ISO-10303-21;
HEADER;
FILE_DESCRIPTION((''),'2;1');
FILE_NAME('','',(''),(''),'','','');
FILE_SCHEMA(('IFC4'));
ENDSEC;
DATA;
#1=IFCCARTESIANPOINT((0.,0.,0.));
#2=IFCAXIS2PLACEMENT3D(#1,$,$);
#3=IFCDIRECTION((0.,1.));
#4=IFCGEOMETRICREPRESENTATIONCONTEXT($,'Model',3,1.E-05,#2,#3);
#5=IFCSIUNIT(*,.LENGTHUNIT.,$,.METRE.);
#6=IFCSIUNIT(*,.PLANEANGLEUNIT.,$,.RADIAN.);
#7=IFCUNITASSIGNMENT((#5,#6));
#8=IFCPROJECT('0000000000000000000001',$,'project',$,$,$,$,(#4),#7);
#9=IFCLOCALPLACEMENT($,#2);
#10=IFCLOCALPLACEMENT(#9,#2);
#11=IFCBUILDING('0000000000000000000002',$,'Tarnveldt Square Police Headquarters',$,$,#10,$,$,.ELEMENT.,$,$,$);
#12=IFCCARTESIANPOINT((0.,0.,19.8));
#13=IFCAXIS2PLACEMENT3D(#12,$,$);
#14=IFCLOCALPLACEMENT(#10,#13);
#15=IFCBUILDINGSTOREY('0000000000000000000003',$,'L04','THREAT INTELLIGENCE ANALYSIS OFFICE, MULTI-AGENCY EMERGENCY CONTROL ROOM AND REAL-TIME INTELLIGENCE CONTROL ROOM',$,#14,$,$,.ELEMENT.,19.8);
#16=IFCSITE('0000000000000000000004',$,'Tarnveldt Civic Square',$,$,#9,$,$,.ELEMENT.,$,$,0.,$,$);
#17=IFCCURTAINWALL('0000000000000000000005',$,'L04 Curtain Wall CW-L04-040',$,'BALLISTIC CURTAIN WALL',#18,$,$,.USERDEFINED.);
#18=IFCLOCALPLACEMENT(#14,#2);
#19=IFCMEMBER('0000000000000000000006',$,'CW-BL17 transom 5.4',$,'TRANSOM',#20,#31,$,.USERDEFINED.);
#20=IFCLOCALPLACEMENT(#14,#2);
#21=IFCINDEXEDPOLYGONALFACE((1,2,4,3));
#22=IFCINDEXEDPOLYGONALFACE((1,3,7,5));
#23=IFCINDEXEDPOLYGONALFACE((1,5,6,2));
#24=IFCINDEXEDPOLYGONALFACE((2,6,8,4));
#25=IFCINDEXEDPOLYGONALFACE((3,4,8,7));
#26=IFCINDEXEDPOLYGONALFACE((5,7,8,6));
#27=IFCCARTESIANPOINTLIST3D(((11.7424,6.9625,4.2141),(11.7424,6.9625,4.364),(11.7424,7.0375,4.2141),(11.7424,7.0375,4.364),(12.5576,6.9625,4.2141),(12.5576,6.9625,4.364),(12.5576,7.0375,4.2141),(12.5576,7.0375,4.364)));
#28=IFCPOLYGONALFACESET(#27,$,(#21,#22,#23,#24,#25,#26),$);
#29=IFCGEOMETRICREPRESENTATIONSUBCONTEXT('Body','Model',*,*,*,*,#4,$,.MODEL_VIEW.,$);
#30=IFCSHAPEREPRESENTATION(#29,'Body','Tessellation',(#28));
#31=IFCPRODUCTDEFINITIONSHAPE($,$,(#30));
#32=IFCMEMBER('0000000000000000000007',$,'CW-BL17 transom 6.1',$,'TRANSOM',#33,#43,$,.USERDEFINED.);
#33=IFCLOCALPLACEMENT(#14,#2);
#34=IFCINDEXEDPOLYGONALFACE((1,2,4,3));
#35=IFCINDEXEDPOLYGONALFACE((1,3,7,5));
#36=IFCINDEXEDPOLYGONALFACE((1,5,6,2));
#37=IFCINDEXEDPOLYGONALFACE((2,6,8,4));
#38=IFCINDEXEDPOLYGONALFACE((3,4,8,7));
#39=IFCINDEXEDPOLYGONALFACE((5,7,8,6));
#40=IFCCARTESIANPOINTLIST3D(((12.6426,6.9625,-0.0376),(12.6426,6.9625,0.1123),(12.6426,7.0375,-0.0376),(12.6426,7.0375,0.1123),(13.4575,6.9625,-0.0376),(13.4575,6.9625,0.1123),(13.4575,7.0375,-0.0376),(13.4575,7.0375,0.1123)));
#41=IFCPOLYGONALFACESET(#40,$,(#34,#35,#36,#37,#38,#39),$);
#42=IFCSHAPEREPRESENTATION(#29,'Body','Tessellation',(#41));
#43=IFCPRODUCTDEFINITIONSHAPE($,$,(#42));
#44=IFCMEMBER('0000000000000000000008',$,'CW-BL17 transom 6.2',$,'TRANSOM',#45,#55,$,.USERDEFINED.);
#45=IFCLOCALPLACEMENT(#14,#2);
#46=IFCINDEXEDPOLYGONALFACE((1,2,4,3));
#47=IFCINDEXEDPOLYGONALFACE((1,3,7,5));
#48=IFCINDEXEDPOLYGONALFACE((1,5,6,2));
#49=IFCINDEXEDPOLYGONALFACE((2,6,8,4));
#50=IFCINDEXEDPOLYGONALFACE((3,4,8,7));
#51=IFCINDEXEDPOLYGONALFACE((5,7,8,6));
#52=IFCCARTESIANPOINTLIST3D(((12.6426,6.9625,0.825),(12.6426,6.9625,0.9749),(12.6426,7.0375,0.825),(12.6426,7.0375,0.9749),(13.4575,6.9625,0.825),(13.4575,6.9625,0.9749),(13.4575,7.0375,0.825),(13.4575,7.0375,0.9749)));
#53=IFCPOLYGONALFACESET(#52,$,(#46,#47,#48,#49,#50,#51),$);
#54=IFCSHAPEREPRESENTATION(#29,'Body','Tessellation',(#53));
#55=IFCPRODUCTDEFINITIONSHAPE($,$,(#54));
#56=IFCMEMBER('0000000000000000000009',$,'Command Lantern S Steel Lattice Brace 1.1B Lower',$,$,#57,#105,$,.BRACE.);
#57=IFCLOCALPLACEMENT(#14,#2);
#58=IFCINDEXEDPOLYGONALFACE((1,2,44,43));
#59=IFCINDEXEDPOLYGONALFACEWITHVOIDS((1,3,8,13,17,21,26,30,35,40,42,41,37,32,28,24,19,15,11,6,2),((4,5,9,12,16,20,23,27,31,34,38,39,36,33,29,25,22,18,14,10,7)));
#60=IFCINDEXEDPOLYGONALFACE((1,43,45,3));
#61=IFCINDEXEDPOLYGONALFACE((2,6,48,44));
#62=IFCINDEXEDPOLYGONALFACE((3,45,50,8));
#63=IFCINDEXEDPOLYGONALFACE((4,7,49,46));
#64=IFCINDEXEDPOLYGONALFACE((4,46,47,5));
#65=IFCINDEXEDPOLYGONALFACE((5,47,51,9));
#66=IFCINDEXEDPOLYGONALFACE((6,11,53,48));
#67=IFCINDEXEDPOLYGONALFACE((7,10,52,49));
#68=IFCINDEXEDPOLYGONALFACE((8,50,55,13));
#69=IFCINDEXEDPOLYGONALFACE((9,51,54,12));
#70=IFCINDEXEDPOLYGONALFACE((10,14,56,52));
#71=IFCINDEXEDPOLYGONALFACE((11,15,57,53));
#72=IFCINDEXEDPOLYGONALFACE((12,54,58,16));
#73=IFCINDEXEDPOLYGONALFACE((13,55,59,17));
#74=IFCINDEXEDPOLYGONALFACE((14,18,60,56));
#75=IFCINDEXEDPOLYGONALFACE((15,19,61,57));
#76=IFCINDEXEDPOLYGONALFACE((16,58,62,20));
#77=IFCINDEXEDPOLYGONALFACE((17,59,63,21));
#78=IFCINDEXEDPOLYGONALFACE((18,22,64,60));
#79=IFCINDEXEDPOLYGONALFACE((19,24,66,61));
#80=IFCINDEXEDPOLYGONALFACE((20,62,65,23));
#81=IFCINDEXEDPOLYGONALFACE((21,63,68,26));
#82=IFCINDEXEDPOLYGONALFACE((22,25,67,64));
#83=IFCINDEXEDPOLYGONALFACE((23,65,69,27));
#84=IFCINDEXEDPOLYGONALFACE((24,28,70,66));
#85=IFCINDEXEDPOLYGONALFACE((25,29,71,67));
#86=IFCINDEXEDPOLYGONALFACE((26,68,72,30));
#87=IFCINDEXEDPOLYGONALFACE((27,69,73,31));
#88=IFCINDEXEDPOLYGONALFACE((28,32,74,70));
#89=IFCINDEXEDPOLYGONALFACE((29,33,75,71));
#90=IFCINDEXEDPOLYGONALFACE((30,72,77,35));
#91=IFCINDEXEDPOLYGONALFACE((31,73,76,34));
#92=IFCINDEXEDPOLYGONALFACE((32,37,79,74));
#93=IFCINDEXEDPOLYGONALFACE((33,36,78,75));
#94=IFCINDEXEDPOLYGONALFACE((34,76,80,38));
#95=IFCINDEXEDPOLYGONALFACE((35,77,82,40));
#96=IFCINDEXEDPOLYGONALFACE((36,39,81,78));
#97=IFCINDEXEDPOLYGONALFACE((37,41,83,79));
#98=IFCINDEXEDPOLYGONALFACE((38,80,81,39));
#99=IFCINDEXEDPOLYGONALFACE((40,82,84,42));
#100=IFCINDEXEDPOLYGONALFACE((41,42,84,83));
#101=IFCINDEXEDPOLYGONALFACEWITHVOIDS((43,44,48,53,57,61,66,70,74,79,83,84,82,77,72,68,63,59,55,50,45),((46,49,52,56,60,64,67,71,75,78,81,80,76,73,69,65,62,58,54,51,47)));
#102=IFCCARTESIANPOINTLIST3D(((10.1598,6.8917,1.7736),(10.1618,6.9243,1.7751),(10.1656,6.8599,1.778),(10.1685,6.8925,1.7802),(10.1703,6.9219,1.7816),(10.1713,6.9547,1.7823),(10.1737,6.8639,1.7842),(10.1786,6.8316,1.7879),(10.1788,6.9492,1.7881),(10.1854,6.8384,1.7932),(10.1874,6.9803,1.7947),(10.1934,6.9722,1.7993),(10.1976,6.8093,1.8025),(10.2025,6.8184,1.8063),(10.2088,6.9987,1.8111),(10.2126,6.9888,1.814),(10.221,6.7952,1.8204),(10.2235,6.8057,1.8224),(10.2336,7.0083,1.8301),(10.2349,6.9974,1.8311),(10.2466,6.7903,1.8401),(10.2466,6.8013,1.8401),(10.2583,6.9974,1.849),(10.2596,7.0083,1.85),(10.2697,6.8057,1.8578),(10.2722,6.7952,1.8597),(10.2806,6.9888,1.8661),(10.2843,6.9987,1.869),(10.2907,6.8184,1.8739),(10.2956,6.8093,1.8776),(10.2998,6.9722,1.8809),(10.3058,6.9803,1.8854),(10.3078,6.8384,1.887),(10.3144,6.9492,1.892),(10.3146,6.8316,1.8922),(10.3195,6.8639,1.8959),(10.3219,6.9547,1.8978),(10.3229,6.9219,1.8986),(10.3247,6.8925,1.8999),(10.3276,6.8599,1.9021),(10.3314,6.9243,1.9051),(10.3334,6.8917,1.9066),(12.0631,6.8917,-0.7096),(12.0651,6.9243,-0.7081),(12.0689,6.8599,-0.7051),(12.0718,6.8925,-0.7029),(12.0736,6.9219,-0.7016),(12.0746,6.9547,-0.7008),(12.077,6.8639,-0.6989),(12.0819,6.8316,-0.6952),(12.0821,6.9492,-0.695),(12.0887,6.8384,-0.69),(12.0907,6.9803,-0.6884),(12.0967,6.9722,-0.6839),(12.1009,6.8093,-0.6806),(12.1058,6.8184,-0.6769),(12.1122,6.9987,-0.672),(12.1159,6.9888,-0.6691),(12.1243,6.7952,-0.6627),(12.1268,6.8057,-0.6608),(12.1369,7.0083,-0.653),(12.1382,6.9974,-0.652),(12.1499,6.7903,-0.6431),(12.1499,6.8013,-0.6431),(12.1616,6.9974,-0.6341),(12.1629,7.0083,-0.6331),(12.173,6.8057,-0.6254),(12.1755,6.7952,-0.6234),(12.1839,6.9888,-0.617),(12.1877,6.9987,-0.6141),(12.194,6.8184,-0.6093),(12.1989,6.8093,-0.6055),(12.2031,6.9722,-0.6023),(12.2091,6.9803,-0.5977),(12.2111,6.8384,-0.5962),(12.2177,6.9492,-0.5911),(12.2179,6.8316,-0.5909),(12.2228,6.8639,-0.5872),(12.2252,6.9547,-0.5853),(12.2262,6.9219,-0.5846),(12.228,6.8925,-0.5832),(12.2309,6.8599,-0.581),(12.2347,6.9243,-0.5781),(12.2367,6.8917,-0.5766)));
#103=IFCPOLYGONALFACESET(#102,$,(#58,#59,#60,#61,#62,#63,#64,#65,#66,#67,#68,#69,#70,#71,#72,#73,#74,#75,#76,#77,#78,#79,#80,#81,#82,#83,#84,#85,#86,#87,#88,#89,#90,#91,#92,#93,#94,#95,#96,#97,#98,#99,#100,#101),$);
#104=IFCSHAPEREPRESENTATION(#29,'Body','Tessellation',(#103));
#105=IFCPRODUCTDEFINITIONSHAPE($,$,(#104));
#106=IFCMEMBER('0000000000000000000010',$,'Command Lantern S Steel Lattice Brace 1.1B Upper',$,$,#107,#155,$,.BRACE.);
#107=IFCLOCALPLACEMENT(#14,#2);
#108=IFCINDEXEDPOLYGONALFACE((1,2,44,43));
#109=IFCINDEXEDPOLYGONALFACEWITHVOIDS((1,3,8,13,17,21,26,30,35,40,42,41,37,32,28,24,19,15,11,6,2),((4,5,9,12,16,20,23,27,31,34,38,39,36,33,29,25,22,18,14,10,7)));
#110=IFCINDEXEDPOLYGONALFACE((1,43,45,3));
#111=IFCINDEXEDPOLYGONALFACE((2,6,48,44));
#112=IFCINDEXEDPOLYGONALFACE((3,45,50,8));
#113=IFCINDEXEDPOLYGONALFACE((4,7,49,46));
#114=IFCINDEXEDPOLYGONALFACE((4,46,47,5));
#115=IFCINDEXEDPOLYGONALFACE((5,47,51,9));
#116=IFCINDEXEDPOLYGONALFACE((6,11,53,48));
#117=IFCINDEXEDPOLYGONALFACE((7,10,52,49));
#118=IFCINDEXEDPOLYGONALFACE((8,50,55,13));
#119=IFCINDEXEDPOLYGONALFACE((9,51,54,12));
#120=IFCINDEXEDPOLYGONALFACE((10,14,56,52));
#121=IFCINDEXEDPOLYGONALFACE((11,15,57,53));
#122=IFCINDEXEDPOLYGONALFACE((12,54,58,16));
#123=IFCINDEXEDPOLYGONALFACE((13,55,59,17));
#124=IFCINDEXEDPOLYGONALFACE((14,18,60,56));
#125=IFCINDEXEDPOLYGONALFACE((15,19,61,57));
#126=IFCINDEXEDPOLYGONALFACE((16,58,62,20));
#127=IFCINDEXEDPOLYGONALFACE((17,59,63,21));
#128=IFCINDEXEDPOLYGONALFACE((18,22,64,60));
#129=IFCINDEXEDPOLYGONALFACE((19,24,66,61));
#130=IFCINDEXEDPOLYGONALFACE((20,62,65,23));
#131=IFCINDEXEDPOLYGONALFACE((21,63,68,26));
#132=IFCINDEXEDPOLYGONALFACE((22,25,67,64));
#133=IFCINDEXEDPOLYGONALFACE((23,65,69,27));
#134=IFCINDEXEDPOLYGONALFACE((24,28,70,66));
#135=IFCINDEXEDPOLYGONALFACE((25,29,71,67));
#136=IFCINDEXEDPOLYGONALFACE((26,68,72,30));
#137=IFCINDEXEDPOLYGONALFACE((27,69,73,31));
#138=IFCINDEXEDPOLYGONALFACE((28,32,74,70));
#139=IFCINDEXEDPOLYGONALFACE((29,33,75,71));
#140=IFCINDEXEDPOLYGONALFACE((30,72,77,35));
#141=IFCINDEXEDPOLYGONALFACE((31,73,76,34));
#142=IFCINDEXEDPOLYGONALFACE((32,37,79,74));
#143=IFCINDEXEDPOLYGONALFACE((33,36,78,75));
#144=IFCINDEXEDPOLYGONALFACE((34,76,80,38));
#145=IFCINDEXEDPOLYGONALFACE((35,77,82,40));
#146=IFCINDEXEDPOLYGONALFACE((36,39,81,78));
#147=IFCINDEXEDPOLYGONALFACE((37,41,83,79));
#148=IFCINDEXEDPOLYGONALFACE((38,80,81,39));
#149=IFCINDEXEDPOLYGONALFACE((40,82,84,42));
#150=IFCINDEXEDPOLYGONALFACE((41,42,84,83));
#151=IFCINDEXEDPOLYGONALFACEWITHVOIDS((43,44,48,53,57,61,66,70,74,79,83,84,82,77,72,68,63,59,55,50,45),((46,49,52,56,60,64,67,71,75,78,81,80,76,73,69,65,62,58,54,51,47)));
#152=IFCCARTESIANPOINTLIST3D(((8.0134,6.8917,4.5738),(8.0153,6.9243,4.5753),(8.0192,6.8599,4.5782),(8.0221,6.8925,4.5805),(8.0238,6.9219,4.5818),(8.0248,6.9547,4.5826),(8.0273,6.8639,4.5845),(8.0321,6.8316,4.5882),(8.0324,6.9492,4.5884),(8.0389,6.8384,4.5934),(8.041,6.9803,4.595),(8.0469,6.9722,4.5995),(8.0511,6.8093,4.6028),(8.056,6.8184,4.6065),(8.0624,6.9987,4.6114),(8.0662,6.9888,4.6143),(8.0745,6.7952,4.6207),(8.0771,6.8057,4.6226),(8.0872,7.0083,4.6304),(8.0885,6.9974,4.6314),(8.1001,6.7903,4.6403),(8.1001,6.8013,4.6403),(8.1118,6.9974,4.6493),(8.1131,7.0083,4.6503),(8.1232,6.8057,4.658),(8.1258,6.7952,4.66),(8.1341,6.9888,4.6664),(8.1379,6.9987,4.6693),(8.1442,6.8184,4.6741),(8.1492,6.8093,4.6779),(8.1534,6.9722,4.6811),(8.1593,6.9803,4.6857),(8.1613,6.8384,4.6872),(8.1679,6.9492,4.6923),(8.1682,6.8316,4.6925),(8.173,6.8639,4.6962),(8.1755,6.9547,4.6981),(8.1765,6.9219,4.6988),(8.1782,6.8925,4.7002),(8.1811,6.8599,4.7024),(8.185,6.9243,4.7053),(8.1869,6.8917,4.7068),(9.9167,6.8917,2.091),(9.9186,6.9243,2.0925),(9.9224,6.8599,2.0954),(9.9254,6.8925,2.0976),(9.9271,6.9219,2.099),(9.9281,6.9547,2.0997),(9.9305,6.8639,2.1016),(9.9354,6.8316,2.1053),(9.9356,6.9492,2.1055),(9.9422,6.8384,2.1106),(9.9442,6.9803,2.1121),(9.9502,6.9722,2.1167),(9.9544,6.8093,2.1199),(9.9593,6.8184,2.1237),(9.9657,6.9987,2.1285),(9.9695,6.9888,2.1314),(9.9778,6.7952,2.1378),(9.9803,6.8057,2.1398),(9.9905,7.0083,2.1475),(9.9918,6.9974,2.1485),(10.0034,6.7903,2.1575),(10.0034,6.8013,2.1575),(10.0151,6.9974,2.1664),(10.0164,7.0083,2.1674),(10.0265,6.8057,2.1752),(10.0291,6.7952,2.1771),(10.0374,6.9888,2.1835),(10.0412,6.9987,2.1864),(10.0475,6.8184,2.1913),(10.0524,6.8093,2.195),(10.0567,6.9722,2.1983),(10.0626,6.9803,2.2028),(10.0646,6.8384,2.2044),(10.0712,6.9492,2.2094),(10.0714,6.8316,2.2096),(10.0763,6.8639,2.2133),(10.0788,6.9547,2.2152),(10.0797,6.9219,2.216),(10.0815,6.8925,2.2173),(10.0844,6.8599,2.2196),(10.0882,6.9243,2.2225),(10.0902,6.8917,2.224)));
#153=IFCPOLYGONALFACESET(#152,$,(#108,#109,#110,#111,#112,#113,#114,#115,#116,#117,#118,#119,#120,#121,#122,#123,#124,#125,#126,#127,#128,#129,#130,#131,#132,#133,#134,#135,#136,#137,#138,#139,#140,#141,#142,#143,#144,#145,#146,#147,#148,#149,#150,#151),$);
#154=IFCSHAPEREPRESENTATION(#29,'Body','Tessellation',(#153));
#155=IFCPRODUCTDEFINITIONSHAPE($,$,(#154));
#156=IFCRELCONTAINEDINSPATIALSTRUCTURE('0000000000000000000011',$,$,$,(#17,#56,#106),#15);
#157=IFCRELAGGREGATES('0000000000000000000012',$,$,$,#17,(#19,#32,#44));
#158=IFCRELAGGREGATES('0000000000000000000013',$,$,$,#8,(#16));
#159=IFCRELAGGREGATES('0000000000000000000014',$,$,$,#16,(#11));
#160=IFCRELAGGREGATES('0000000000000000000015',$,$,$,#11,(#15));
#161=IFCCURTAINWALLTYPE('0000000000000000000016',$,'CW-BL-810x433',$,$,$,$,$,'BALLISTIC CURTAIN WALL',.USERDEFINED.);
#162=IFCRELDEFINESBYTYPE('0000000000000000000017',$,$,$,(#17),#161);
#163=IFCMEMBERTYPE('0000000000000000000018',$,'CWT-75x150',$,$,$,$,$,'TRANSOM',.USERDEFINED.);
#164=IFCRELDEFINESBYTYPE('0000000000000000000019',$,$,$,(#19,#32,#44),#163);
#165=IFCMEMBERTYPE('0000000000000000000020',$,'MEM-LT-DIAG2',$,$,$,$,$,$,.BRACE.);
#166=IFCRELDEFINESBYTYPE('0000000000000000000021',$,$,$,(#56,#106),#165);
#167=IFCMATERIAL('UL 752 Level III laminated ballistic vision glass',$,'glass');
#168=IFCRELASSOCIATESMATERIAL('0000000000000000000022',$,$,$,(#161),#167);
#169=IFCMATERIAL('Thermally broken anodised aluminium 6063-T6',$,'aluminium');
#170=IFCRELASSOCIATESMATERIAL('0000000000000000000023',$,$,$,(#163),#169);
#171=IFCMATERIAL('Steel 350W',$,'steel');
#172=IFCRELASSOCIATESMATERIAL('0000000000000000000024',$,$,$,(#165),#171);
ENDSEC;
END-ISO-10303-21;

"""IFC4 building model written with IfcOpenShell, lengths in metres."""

from ifc_helpers import new_model, si_unit, direction, frame, origin, origin_2d, place, context, subcontext, project, spatial, rectangle, hollow_circle, extrude, material, material_profile, profile_set, type_object, element, aggregate, save


model = new_model("IFC4")

# Units and contexts
model_context = context("Model", 3, precision=1e-05, world=origin(), true_north=direction((0.0, 1.0)))
body_context = subcontext(model_context, "Body", "Model", "MODEL_VIEW")
ifc_project = project(units=[si_unit("LENGTHUNIT", "METRE"), si_unit("PLANEANGLEUNIT", "RADIAN")], contexts=[model_context])

# Site, building, storey
site_placement = place(None, origin())
site = spatial("IfcSite", under=ifc_project, at=site_placement, Name="Tarnveldt Civic Square", CompositionType="ELEMENT", RefElevation=0.0)
building_placement = place(site_placement, origin())
building = spatial("IfcBuilding", under=site, at=building_placement, Name="Tarnveldt Square Police Headquarters", CompositionType="ELEMENT")
storey_placement = place(building_placement, frame((0.0, 0.0, 19.8)))
storey = spatial("IfcBuildingStorey", under=building, at=storey_placement, Name="L04", Description="THREAT INTELLIGENCE ANALYSIS OFFICE, MULTI-AGENCY EMERGENCY CONTROL ROOM AND REAL-TIME INTELLIGENCE CONTROL ROOM", CompositionType="ELEMENT", Elevation=19.8)

# Curtain wall, members
ifc_material_1 = material(Name="UL 752 Level III laminated ballistic vision glass", Category="glass")
curtain_wall_type = type_object("IfcCurtainWallType", Name="CW-BL-810x433", ElementType="BALLISTIC CURTAIN WALL", PredefinedType="USERDEFINED", material=ifc_material_1)
curtain_wall_placement = place(storey_placement, origin())
curtain_wall = element("IfcCurtainWall", 1, at=curtain_wall_placement, inside=storey, type_object=curtain_wall_type, Name="L04 Curtain Wall CW-L04-040", ObjectType="BALLISTIC CURTAIN WALL", PredefinedType="USERDEFINED")
ifc_material_2 = material(Name="Thermally broken anodised aluminium 6063-T6", Category="aluminium")
ifc_material_profile_1 = material_profile(ifc_material_2, rectangle(XDim=0.075, YDim=0.1499, at=origin_2d()), Name="CW-T75x150")
ifc_profile_set_1 = profile_set([ifc_material_profile_1], Name="Thermally broken anodised aluminium 6063-T6")
member_type_1 = type_object("IfcMemberType", Name="CWT-75x150", ElementType="TRANSOM", PredefinedType="USERDEFINED", material=ifc_profile_set_1)
member_1_placement = place(storey_placement, frame((11.7424, 7.0, 4.2891), z_axis=(1.0, 0.0, 0.0), x_axis=(0.0, 1.0, 0.0)))
member_1 = element("IfcMember", 2, at=member_1_placement, type_object=member_type_1, Name="CW-BL17 transom 5.4", ObjectType="TRANSOM", PredefinedType="USERDEFINED", context=body_context, shape_type="SweptSolid", body=[
    extrude(rectangle(XDim=0.075, YDim=0.1499, at=origin_2d()), origin(), (0.0, 0.0, 1.0), 0.8152),
])
member_2_placement = place(storey_placement, frame((12.6426, 7.0, 0.0374), z_axis=(1.0, 0.0, 0.0), x_axis=(0.0, 1.0, 0.0)))
member_2 = element("IfcMember", 3, at=member_2_placement, type_object=member_type_1, Name="CW-BL17 transom 6.1", ObjectType="TRANSOM", PredefinedType="USERDEFINED", context=body_context, shape_type="SweptSolid", body=[
    extrude(rectangle(XDim=0.075, YDim=0.1499, at=origin_2d()), origin(), (0.0, 0.0, 1.0), 0.8149),
])
member_3_placement = place(storey_placement, frame((12.6426, 7.0, 0.8999), z_axis=(1.0, 0.0, 0.0), x_axis=(0.0, 1.0, 0.0)))
member_3 = element("IfcMember", 4, at=member_3_placement, type_object=member_type_1, Name="CW-BL17 transom 6.2", ObjectType="TRANSOM", PredefinedType="USERDEFINED", context=body_context, shape_type="SweptSolid", body=[
    extrude(rectangle(XDim=0.075, YDim=0.1499, at=origin_2d()), origin(), (0.0, 0.0, 1.0), 0.8149),
])

# Members
ifc_material_3 = material(Name="Steel 350W", Category="steel")
ifc_material_profile_2 = material_profile(ifc_material_3, hollow_circle(Radius=0.1096, WallThickness=0.011, at=origin_2d()), Name="HSS219x11")
ifc_profile_set_2 = profile_set([ifc_material_profile_2], Name="Steel 350W")
member_type_2 = type_object("IfcMemberType", Name="MEM-LT-DIAG2", PredefinedType="BRACE", material=ifc_profile_set_2)
member_4_placement = place(storey_placement, frame((12.1499, 6.8999, -0.6431), z_axis=(-0.608345, 0.0, 0.793673), x_axis=(0.0, -1.0, 0.0)))
element("IfcMember", 5, at=member_4_placement, inside=storey, type_object=member_type_2, Name="Command Lantern S Steel Lattice Brace 1.1B Lower", PredefinedType="BRACE", context=body_context, shape_type="SweptSolid", body=[
    extrude(hollow_circle(Radius=0.1096, WallThickness=0.011, at=origin_2d()), origin(), (0.0, 0.0, 1.0), 3.1287),
])
member_5_placement = place(storey_placement, frame((10.0034, 6.8999, 2.1575), z_axis=(-0.608382, 0.0, 0.793644), x_axis=(0.0, -1.0, 0.0)))
element("IfcMember", 6, at=member_5_placement, inside=storey, type_object=member_type_2, Name="Command Lantern S Steel Lattice Brace 1.1B Upper", PredefinedType="BRACE", context=body_context, shape_type="SweptSolid", body=[
    extrude(hollow_circle(Radius=0.1096, WallThickness=0.011, at=origin_2d()), origin(), (0.0, 0.0, 1.0), 3.1284),
])

aggregate(curtain_wall, [member_1, member_2, member_3])

save(model, "model.ifc")
